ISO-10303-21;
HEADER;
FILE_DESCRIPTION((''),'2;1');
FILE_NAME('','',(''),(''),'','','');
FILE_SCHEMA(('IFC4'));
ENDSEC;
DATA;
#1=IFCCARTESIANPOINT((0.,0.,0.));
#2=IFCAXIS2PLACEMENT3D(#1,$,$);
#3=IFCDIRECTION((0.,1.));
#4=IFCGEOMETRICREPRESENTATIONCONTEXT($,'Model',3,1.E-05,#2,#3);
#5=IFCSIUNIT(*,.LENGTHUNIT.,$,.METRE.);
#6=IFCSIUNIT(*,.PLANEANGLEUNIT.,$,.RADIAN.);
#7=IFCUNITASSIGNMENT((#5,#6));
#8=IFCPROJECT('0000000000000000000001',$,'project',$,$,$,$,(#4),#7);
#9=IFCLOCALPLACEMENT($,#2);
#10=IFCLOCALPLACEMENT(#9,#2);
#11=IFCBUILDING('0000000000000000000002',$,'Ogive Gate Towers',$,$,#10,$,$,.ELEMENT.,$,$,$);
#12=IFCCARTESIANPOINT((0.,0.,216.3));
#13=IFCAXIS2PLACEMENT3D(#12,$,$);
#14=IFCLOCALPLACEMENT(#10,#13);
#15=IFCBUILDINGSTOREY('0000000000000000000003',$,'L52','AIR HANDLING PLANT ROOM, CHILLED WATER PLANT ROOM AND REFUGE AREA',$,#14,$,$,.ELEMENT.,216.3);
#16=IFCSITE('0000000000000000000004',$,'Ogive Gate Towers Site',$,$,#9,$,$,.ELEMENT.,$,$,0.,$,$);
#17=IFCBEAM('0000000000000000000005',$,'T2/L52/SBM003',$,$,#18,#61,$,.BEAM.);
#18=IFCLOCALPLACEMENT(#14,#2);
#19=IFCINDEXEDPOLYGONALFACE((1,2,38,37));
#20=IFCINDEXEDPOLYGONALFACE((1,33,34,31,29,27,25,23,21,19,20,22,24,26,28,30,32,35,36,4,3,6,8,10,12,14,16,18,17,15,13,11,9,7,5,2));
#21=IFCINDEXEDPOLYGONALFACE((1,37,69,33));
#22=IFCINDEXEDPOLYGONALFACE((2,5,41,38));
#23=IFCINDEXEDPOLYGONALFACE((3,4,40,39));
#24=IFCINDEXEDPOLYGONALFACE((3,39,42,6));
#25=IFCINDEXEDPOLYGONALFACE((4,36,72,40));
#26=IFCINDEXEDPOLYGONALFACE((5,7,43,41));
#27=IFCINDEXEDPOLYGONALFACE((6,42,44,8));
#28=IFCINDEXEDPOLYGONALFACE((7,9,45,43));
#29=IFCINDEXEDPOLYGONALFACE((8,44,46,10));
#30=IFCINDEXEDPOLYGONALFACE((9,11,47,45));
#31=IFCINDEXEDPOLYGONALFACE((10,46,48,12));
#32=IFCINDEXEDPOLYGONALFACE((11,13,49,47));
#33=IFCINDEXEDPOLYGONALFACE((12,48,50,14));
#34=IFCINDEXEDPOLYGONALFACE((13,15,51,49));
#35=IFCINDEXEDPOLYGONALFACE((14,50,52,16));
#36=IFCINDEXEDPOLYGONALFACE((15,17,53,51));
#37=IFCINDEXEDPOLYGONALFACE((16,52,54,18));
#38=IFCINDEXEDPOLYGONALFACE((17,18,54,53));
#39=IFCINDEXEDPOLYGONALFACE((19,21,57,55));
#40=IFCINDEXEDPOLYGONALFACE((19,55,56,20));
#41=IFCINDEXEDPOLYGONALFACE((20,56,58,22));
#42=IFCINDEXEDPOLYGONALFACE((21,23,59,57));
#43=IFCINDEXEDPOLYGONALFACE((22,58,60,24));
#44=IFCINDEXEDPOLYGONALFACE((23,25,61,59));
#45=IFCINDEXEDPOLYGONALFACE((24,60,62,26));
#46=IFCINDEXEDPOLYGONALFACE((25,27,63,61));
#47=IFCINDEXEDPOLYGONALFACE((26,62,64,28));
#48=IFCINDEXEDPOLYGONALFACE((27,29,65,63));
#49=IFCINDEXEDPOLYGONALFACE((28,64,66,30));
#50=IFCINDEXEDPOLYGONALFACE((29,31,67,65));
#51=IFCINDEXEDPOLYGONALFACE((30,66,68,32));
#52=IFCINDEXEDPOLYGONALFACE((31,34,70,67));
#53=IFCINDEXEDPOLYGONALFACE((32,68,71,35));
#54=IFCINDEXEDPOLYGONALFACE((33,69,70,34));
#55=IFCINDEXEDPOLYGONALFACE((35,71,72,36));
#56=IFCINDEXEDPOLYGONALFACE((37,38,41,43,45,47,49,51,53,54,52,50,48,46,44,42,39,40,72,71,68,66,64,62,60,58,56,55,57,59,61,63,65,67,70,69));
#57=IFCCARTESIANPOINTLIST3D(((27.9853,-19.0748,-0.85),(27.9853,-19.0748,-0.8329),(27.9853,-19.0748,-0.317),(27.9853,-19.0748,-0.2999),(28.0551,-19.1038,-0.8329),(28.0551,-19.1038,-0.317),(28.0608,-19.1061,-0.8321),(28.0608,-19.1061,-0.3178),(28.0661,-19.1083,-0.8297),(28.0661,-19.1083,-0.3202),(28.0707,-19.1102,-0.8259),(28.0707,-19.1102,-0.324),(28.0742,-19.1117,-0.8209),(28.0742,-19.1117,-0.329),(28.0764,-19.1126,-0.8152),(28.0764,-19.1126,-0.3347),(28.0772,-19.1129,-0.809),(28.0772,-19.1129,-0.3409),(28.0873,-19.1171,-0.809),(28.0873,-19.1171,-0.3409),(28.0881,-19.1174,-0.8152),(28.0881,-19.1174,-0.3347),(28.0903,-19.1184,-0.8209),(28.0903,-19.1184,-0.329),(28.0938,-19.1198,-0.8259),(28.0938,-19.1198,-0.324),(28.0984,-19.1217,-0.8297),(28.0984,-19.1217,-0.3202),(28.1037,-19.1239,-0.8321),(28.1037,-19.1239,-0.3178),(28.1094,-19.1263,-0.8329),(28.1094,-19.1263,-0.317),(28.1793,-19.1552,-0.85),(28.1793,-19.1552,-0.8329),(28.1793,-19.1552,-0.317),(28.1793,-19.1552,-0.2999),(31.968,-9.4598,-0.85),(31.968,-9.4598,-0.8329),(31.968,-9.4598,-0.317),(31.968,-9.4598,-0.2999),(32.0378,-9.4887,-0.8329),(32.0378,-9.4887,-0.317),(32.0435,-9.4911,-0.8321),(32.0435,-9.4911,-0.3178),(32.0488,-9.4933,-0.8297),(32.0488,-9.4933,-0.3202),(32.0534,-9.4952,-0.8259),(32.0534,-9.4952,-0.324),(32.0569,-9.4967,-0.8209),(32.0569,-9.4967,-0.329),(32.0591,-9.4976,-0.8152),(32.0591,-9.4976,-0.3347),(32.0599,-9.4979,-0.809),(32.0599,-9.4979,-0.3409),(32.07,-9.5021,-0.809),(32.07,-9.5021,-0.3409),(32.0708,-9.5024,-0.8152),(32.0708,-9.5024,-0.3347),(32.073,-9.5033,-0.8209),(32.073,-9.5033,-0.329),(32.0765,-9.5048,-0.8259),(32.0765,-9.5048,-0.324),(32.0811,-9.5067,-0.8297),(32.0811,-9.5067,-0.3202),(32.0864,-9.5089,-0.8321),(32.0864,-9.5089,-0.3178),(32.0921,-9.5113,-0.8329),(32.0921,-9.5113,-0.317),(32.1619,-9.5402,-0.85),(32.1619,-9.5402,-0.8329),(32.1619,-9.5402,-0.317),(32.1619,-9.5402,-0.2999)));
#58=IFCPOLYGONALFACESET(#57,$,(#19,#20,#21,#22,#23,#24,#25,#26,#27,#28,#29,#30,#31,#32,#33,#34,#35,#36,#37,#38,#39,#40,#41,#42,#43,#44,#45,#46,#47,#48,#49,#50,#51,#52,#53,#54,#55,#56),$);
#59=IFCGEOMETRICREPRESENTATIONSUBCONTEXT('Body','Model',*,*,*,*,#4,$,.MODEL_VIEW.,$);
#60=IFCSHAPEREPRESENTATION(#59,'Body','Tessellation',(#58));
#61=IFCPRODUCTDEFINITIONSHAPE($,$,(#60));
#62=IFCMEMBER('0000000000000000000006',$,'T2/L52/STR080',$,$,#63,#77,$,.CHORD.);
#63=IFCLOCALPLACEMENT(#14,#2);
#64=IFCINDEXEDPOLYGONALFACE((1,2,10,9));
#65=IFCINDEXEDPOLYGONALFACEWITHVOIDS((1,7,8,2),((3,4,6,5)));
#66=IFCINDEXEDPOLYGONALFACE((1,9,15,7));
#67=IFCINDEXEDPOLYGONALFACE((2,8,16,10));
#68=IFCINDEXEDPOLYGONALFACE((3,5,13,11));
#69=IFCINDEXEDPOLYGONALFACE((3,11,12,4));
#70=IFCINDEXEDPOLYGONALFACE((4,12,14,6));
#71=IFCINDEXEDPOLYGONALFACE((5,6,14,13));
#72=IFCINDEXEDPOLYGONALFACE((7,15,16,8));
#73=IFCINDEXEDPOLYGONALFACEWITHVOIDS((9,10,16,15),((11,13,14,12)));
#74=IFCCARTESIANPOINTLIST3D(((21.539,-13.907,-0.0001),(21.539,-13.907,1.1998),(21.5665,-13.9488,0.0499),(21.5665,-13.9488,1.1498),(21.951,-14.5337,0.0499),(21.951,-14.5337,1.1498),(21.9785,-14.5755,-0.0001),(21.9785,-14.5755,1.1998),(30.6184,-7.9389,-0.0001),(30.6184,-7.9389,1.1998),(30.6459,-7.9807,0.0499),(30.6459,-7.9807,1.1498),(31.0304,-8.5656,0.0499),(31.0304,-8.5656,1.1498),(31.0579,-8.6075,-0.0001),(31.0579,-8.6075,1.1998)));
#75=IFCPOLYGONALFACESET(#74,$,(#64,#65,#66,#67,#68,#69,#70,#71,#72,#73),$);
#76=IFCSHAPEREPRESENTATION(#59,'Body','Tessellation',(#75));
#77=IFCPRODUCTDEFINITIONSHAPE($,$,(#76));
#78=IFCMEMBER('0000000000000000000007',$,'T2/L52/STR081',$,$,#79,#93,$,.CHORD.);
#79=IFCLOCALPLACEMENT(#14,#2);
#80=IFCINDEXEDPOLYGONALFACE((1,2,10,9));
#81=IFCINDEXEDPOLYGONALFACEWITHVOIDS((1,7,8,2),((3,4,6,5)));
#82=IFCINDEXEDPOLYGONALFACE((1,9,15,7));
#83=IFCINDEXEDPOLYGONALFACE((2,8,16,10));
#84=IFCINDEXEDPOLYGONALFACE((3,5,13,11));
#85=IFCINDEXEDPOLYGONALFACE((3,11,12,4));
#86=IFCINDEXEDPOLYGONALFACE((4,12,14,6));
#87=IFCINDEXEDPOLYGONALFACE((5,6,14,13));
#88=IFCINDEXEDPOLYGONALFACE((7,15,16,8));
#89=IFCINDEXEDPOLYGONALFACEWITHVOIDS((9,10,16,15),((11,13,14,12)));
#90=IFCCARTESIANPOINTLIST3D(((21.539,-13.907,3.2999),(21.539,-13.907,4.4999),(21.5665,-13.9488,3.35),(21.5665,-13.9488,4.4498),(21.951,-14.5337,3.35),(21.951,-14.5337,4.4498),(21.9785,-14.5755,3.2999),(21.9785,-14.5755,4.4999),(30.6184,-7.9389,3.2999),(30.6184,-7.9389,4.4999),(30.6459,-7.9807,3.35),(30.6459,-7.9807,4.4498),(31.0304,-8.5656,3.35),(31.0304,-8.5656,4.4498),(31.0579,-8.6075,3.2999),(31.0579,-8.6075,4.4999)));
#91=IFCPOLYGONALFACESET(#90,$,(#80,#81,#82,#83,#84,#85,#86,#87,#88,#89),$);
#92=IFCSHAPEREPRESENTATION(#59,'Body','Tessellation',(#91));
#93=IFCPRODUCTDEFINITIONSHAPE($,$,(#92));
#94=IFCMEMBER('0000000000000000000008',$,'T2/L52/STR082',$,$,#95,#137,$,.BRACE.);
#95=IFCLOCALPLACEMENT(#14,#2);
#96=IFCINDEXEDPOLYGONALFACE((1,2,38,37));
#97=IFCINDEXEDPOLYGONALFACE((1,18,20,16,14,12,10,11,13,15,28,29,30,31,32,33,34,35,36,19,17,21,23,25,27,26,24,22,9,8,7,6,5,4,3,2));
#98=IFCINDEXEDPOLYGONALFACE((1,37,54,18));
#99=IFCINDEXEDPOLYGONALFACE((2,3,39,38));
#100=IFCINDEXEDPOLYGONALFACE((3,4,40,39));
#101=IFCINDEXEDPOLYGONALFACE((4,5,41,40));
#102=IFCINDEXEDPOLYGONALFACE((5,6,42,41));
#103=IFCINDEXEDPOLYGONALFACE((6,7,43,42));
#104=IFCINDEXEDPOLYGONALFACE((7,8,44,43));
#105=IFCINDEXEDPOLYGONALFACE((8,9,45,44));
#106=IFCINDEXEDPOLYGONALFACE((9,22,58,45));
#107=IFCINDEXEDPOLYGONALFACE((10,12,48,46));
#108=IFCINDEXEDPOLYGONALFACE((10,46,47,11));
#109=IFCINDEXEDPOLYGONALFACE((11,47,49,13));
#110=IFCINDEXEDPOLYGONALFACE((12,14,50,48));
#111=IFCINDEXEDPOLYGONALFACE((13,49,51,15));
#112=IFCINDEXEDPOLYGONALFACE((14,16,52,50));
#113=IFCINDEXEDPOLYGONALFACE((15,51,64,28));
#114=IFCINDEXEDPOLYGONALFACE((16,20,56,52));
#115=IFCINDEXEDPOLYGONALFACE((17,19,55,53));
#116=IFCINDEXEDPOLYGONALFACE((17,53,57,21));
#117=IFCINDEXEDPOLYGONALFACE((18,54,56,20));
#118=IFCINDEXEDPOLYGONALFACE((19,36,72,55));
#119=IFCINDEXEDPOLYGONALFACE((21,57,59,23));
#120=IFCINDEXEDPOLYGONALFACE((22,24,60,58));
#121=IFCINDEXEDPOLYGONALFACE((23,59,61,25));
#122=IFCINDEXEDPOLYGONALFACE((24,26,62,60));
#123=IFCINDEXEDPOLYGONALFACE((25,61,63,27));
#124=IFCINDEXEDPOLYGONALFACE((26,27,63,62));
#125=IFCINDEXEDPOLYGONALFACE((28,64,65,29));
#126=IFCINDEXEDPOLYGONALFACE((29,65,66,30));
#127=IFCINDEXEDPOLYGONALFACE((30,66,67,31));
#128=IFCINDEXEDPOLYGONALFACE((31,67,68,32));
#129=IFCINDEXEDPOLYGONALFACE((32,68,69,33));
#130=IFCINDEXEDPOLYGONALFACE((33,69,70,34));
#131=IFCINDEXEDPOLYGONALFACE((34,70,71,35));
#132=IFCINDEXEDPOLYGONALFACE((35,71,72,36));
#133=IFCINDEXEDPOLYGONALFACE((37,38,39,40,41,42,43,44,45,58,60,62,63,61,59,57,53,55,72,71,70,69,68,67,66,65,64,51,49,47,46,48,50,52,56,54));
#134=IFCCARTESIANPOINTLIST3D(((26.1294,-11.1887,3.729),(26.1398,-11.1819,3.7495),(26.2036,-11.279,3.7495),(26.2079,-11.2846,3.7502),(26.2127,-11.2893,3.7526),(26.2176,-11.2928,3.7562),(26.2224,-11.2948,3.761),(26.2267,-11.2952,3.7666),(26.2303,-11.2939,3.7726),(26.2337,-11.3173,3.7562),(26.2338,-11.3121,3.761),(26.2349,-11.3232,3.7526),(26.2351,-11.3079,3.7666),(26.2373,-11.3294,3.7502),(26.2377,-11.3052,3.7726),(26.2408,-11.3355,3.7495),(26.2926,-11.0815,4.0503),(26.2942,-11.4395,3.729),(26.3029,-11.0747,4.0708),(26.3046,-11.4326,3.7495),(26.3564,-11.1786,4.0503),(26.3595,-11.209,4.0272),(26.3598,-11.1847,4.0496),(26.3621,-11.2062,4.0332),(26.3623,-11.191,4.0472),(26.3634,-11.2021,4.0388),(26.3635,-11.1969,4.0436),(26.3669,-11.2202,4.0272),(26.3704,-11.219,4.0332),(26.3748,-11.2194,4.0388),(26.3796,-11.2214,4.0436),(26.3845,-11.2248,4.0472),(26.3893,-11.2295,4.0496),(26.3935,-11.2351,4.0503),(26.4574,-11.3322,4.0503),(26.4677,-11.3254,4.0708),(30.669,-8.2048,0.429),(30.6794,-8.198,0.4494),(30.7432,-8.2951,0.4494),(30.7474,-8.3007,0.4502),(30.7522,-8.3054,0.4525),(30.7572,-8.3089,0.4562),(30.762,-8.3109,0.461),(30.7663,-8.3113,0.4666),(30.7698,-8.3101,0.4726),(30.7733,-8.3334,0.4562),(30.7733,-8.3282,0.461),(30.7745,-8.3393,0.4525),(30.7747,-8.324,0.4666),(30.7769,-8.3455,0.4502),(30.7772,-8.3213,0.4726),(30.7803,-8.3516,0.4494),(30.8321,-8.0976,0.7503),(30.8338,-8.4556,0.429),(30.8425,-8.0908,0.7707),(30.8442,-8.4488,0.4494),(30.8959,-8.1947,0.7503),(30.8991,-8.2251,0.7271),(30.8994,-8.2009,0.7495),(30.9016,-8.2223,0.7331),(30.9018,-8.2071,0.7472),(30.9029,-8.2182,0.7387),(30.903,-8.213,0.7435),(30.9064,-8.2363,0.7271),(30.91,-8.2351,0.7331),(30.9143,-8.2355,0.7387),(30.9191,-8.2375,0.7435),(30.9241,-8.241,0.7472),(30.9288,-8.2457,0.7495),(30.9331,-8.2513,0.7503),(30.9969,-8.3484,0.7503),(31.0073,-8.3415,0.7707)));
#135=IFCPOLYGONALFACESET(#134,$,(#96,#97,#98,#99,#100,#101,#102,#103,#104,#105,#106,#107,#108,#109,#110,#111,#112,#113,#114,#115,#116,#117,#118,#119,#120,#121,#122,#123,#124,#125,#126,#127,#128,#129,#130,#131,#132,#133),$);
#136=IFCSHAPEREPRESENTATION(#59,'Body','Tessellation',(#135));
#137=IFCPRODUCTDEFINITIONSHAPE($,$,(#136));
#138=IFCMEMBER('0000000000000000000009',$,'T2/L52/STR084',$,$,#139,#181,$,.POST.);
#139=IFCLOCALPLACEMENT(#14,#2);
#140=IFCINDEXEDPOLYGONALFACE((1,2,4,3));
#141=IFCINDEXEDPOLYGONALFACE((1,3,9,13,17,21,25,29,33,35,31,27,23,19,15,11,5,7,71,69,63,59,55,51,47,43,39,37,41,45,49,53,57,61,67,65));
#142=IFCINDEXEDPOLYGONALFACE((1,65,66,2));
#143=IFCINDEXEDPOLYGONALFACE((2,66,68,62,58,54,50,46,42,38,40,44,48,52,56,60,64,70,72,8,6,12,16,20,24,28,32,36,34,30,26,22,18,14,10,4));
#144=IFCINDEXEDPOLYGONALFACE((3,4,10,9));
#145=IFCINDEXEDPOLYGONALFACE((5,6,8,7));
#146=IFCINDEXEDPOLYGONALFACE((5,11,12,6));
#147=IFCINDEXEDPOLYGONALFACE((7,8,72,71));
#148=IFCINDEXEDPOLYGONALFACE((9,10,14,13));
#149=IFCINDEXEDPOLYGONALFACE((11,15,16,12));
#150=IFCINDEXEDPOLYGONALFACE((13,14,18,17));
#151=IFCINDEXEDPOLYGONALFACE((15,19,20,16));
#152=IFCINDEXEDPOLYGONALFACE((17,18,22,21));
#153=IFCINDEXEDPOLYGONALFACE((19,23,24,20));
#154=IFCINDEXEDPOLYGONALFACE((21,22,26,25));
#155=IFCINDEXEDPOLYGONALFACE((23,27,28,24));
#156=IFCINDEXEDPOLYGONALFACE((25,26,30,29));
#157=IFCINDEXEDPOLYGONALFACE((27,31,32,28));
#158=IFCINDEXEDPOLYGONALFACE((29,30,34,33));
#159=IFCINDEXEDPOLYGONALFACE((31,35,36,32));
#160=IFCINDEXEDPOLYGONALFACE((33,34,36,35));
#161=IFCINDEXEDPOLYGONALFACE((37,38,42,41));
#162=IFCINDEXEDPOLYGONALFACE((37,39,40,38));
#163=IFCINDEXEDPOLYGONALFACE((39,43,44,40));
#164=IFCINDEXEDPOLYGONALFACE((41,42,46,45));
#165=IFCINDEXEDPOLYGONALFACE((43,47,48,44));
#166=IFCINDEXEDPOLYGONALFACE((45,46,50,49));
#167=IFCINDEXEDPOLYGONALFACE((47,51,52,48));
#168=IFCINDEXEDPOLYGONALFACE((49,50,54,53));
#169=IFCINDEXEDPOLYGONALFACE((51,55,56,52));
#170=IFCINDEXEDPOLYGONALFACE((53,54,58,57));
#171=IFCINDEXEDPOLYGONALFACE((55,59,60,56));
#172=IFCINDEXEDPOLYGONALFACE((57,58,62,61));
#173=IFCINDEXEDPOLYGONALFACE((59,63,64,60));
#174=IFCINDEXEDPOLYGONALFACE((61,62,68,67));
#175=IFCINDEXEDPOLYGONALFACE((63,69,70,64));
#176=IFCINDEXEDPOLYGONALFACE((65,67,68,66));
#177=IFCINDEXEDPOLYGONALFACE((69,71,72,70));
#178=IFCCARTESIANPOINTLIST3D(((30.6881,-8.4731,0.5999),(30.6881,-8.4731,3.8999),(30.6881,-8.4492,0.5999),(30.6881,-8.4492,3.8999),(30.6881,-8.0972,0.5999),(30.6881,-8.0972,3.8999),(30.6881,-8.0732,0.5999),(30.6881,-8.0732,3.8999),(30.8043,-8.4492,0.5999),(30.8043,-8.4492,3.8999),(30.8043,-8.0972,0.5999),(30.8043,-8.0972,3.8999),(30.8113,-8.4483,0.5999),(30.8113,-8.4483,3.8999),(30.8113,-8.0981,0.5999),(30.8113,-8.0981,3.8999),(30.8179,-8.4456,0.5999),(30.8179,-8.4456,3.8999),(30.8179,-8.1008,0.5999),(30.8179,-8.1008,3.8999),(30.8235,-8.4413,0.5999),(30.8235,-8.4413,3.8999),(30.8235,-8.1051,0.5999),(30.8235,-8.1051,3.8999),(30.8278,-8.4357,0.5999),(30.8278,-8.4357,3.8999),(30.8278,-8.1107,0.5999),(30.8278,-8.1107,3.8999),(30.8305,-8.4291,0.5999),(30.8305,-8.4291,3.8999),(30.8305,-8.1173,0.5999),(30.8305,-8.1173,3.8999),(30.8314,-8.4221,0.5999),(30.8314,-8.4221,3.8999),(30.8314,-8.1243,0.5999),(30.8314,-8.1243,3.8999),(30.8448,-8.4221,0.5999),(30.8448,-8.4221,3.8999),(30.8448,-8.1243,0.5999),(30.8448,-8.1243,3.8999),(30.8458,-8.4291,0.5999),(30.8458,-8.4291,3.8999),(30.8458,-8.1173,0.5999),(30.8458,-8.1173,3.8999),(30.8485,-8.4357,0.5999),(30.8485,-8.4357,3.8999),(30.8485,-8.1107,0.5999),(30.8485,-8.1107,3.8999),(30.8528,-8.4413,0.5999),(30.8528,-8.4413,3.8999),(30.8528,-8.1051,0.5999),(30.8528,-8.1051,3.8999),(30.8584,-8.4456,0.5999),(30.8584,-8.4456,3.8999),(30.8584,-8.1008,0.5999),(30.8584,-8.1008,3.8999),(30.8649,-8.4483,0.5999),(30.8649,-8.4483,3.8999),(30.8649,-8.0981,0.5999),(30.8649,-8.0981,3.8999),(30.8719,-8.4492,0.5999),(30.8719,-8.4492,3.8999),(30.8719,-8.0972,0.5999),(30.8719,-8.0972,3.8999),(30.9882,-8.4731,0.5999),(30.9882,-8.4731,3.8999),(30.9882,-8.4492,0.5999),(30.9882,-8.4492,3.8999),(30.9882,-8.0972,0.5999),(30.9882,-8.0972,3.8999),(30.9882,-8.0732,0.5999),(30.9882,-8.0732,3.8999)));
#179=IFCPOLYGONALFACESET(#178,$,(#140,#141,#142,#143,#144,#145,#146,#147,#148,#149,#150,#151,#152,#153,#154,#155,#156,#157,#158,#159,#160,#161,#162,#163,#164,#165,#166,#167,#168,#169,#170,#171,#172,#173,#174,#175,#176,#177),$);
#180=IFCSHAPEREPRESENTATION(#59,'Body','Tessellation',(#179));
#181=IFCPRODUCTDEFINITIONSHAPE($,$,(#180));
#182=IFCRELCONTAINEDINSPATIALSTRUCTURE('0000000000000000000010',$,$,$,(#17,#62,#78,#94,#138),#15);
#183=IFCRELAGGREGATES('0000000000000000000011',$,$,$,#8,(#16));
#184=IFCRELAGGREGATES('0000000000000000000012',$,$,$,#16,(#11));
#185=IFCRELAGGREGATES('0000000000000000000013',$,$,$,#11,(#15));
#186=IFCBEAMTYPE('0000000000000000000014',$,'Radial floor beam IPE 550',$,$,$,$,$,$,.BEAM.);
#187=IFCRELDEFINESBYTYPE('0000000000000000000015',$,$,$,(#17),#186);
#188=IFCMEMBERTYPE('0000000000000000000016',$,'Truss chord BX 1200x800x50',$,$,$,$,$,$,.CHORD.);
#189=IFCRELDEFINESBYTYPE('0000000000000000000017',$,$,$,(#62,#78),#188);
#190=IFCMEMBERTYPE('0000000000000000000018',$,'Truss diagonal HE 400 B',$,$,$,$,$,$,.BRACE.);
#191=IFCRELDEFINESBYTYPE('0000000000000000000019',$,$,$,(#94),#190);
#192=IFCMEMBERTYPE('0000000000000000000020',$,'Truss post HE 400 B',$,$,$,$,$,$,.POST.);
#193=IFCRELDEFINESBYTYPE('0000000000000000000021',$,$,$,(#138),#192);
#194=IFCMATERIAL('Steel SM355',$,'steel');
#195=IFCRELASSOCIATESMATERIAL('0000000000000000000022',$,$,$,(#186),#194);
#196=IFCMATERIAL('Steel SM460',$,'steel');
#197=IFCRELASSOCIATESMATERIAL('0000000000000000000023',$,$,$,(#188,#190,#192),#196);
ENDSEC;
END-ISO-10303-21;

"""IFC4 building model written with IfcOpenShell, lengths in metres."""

from ifc_helpers import new_model, si_unit, direction, frame, origin, origin_2d, place, context, subcontext, project, spatial, hollow_rectangle, i_section, extrude, material, material_profile, profile_set, type_object, element, save


model = new_model("IFC4")

# Units and contexts
model_context = context("Model", 3, precision=1e-05, world=origin(), true_north=direction((0.0, 1.0)))
body_context = subcontext(model_context, "Body", "Model", "MODEL_VIEW")
ifc_project = project(units=[si_unit("LENGTHUNIT", "METRE"), si_unit("PLANEANGLEUNIT", "RADIAN")], contexts=[model_context])

# Site, building, storey
site_placement = place(None, origin())
site = spatial("IfcSite", under=ifc_project, at=site_placement, Name="Ogive Gate Towers Site", CompositionType="ELEMENT", RefElevation=0.0)
building_placement = place(site_placement, origin())
building = spatial("IfcBuilding", under=site, at=building_placement, Name="Ogive Gate Towers", CompositionType="ELEMENT")
storey_placement = place(building_placement, frame((0.0, 0.0, 216.3)))
storey = spatial("IfcBuildingStorey", under=building, at=storey_placement, Name="L52", Description="AIR HANDLING PLANT ROOM, CHILLED WATER PLANT ROOM AND REFUGE AREA", CompositionType="ELEMENT", Elevation=216.3)

# Beam
ifc_material_1 = material(Name="Steel SM355", Category="steel")
ifc_material_profile_1 = material_profile(ifc_material_1, i_section(OverallWidth=0.21, OverallDepth=0.55, WebThickness=0.011, FlangeThickness=0.0171, FilletRadius=0.0239, at=origin_2d()), Name="IPE 550")
ifc_profile_set_1 = profile_set([ifc_material_profile_1], Name="Steel SM355")
beam_type = type_object("IfcBeamType", Name="Radial floor beam IPE 550", PredefinedType="BEAM", material=ifc_profile_set_1)
beam_placement = place(storey_placement, frame((32.0649, -9.5, -0.575), z_axis=(-0.382684, -0.923879, 0.0), x_axis=(0.923879, -0.382684, 0.0)))
element("IfcBeam", 1, at=beam_placement, inside=storey, type_object=beam_type, Name="T2/L52/SBM003", PredefinedType="BEAM", context=body_context, shape_type="SweptSolid", body=[
    extrude(i_section(OverallWidth=0.21, OverallDepth=0.55, WebThickness=0.011, FlangeThickness=0.0171, FilletRadius=0.0239, at=origin_2d()), origin(), (0.0, 0.0, 1.0), 10.4072),
])

# Members
ifc_material_2 = material(Name="Steel SM460", Category="steel")
ifc_material_profile_2 = material_profile(ifc_material_2, hollow_rectangle(XDim=0.8, YDim=1.2, WallThickness=0.05, at=origin_2d()), Name="BX 1200x800x50")
ifc_profile_set_2 = profile_set([ifc_material_profile_2], Name="Steel SM460")
member_type_1 = type_object("IfcMemberType", Name="Truss chord BX 1200x800x50", PredefinedType="CHORD", material=ifc_profile_set_2)
for number, where, z_axis, x_axis, name in (
    (2, (30.8381, -8.2732, 0.5999), (-0.835638, -0.54928, 0.0), (0.54928, -0.835638, 0.0), "T2/L52/STR080"),
    (3, (30.8381, -8.2732, 3.8999), (-0.835638, -0.54928, 0.0), (0.54928, -0.835638, 0.0), "T2/L52/STR081"),
):
    element("IfcMember", number, at=place(storey_placement, frame(where, z_axis=z_axis, x_axis=x_axis)), inside=storey, type_object=member_type_1, Name=name, PredefinedType="CHORD", context=body_context, shape_type="SweptSolid", body=[
        extrude(hollow_rectangle(XDim=0.8, YDim=1.2, WallThickness=0.05, at=origin_2d()), origin(), (0.0, 0.0, 1.0), 10.8652),
    ])
ifc_material_profile_3 = material_profile(ifc_material_2, i_section(OverallWidth=0.3, OverallDepth=0.3999, WebThickness=0.0134, FlangeThickness=0.0239, FilletRadius=0.0271, at=origin_2d()), Name="HE 400 B")
ifc_profile_set_3 = profile_set([ifc_material_profile_3], Name="Steel SM460")
member_type_2 = type_object("IfcMemberType", Name="Truss diagonal HE 400 B", PredefinedType="BRACE", material=ifc_profile_set_3)
member_placement = place(storey_placement, frame((30.8381, -8.2732, 0.5999), z_axis=(-0.714191, -0.469444, 0.519185), x_axis=(0.549275, -0.835642, 0.0)))
element("IfcMember", 4, at=member_placement, inside=storey, type_object=member_type_2, Name="T2/L52/STR082", PredefinedType="BRACE", context=body_context, shape_type="SweptSolid", body=[
    extrude(i_section(OverallWidth=0.3, OverallDepth=0.3999, WebThickness=0.0134, FlangeThickness=0.0239, FilletRadius=0.0271, at=origin_2d()), origin(), (0.0, 0.0, 1.0), 6.3562),
])
ifc_material_profile_4 = material_profile(ifc_material_2, i_section(OverallWidth=0.3, OverallDepth=0.3999, WebThickness=0.0134, FlangeThickness=0.0239, FilletRadius=0.0271, at=origin_2d()), Name="HE 400 B")
ifc_profile_set_4 = profile_set([ifc_material_profile_4], Name="Steel SM460")
member_type_3 = type_object("IfcMemberType", Name="Truss post HE 400 B", PredefinedType="POST", material=ifc_profile_set_4)
for number, where, z_axis, x_axis, name in (
    (5, (30.8381, -8.2732, 0.5999), (0.0, 0.0, 1.0), (1.0, 0.0, 0.0), "T2/L52/STR084"),
):
    element("IfcMember", number, at=place(storey_placement, frame(where, z_axis=z_axis, x_axis=x_axis)), inside=storey, type_object=member_type_3, Name=name, PredefinedType="POST", context=body_context, shape_type="SweptSolid", body=[
        extrude(i_section(OverallWidth=0.3, OverallDepth=0.3999, WebThickness=0.0134, FlangeThickness=0.0239, FilletRadius=0.0271, at=origin_2d()), origin(), (0.0, 0.0, 1.0), 3.3),
    ])

save(model, "model.ifc")
